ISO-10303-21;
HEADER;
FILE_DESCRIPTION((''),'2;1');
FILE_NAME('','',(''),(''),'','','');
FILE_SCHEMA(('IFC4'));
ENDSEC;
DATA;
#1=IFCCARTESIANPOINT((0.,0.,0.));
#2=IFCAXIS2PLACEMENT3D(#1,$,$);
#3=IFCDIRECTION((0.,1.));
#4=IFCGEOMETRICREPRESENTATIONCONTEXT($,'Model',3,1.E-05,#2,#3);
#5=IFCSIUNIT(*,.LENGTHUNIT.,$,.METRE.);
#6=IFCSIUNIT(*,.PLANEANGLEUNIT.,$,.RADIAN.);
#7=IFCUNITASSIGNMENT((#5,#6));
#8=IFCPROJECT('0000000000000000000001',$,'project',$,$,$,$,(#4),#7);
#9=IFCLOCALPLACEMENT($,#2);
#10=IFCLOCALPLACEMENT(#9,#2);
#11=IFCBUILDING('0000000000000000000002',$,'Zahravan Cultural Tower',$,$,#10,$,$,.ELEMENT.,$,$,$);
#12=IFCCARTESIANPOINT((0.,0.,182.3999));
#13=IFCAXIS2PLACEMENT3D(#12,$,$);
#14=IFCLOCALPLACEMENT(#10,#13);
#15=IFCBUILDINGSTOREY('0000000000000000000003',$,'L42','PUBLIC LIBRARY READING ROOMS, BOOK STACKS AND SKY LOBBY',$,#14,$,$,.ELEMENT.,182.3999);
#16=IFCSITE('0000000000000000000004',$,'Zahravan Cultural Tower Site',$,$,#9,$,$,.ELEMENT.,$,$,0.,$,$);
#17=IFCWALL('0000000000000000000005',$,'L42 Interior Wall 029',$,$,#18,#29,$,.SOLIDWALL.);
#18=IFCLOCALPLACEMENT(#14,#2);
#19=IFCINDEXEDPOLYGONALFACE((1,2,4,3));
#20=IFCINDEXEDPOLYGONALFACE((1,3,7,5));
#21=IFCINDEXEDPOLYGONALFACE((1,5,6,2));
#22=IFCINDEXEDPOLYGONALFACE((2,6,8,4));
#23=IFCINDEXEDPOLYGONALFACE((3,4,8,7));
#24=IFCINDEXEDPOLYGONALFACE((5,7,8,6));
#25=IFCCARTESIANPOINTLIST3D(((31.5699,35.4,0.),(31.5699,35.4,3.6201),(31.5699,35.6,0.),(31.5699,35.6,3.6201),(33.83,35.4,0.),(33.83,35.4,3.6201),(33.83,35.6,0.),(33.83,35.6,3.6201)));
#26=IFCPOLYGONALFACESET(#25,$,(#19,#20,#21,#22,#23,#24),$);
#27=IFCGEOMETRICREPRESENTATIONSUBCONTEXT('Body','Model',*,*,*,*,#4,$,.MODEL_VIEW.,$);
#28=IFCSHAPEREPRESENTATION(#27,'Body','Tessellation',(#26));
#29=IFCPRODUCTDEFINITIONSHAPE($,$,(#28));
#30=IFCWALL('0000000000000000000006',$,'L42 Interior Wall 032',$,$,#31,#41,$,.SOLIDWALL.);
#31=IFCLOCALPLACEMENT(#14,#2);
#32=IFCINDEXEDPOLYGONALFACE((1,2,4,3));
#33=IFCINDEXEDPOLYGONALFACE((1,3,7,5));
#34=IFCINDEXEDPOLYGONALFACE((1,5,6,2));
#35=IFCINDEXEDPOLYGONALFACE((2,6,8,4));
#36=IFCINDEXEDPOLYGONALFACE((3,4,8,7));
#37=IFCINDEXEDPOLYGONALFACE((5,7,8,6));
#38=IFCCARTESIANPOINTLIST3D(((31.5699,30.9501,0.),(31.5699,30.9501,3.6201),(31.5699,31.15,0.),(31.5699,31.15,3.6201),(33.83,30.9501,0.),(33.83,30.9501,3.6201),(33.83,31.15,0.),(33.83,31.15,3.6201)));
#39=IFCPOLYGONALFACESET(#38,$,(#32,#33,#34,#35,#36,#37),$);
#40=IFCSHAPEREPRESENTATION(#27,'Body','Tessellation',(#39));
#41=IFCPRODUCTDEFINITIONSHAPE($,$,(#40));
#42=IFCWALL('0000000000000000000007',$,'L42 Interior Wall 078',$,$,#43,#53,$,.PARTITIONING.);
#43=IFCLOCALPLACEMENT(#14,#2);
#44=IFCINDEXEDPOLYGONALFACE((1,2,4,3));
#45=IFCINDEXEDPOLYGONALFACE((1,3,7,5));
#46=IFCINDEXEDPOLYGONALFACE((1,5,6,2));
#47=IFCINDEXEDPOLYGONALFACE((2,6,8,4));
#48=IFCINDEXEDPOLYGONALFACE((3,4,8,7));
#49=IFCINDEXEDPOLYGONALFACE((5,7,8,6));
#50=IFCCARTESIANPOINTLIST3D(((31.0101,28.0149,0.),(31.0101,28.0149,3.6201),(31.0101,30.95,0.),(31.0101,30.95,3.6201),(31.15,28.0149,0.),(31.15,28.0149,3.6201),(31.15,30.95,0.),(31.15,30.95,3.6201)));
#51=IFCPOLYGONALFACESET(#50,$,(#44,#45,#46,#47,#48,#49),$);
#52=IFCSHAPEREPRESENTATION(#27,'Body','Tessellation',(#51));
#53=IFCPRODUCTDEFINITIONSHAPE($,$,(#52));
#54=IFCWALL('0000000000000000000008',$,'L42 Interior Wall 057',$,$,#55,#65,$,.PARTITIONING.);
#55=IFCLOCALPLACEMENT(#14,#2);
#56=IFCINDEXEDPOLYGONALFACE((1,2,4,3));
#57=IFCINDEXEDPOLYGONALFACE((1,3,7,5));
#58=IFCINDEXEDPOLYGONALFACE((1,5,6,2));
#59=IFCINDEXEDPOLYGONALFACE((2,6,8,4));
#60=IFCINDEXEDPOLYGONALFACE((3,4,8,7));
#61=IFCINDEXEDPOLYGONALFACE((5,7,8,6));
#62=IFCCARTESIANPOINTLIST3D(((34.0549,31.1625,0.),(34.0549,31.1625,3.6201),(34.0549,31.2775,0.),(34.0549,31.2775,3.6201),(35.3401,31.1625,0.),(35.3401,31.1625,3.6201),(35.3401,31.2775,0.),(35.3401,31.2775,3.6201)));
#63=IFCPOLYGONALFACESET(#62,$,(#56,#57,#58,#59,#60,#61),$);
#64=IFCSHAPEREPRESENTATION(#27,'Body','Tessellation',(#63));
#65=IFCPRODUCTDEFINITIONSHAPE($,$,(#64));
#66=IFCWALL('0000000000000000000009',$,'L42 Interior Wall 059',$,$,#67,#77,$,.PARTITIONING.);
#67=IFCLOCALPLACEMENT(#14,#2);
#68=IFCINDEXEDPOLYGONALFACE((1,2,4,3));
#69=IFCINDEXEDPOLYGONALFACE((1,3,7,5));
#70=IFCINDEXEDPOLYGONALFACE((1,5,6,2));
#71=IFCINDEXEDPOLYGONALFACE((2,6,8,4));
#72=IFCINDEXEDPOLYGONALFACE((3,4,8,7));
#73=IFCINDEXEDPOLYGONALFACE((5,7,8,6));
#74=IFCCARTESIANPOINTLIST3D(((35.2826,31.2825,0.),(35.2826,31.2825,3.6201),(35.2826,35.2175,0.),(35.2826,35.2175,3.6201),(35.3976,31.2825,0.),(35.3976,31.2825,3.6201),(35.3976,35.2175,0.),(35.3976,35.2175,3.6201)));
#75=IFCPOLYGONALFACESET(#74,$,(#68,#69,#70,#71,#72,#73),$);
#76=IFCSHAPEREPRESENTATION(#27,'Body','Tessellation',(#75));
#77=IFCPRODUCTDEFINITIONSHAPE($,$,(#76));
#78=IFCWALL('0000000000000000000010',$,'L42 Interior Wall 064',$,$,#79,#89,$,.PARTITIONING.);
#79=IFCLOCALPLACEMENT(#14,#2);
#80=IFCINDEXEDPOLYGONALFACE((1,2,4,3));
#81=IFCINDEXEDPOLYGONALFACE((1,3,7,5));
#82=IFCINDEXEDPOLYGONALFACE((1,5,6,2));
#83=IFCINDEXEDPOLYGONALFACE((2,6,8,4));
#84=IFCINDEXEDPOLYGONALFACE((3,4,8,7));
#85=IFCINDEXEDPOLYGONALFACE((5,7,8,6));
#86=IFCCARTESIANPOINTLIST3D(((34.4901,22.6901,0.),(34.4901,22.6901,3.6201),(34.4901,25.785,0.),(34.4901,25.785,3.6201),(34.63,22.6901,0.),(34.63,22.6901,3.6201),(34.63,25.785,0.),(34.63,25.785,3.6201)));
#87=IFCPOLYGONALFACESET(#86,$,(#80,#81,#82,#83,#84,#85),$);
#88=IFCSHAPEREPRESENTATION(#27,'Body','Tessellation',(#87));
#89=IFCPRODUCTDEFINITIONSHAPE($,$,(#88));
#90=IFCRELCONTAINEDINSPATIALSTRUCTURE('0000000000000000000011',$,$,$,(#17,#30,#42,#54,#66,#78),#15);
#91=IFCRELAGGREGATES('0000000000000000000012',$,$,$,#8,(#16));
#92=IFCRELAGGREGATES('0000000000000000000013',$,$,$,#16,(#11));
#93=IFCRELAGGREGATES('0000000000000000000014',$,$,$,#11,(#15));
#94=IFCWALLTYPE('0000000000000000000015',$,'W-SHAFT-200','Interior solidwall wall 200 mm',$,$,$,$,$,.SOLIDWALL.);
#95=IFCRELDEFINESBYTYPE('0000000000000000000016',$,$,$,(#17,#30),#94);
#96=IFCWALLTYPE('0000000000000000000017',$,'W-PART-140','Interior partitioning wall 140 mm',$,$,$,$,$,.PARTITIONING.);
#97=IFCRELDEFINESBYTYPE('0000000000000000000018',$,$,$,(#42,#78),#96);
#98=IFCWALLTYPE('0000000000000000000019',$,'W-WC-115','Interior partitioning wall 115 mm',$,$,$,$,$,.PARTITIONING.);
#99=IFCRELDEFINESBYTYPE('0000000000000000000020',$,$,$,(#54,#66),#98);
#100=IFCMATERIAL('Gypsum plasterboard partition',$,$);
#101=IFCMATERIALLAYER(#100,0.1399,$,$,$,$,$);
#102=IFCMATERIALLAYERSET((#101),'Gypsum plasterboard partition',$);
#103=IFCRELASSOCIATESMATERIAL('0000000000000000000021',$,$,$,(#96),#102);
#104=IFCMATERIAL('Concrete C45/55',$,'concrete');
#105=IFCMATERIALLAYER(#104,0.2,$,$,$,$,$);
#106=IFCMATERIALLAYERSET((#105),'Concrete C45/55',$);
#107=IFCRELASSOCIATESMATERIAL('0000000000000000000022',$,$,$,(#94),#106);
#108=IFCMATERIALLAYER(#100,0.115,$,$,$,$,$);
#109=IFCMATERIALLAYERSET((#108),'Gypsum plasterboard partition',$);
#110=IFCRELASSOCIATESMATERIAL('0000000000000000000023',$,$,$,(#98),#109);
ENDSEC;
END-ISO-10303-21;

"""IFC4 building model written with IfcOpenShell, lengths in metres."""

from ifc_helpers import new_model, si_unit, direction, frame, frame_2d, origin, place, context, subcontext, project, spatial, rectangle, extrude, source, transform, mapped, material, layer, layer_set, type_object, element, save


model = new_model("IFC4")

# Units and contexts
model_context = context("Model", 3, precision=1e-05, world=origin(), true_north=direction((0.0, 1.0)))
body_context = subcontext(model_context, "Body", "Model", "MODEL_VIEW")
ifc_project = project(units=[si_unit("LENGTHUNIT", "METRE"), si_unit("PLANEANGLEUNIT", "RADIAN")], contexts=[model_context])

# Site, building, storey
site_placement = place(None, origin())
site = spatial("IfcSite", under=ifc_project, at=site_placement, Name="Zahravan Cultural Tower Site", CompositionType="ELEMENT", RefElevation=0.0)
building_placement = place(site_placement, origin())
building = spatial("IfcBuilding", under=site, at=building_placement, Name="Zahravan Cultural Tower", CompositionType="ELEMENT")
storey_placement = place(building_placement, frame((0.0, 0.0, 182.3999)))
storey = spatial("IfcBuildingStorey", under=building, at=storey_placement, Name="L42", Description="PUBLIC LIBRARY READING ROOMS, BOOK STACKS AND SKY LOBBY", CompositionType="ELEMENT", Elevation=182.3999)

# Shared definitions
ifc_material_1 = material(Name="Gypsum plasterboard partition")
ifc_layer_1 = layer(ifc_material_1, 0.1399)
ifc_layer_set_1 = layer_set([ifc_layer_1], Name="Gypsum plasterboard partition")
wall_type_1 = type_object("IfcWallType", Name="W-PART-140", Description="Interior partitioning wall 140 mm", PredefinedType="PARTITIONING", material=ifc_layer_set_1)
ifc_material_2 = material(Name="Concrete C45/55", Category="concrete")
ifc_layer_2 = layer(ifc_material_2, 0.2)
ifc_layer_set_2 = layer_set([ifc_layer_2], Name="Concrete C45/55")
wall_type_2 = type_object("IfcWallType", Name="W-SHAFT-200", Description="Interior solidwall wall 200 mm", PredefinedType="SOLIDWALL", material=ifc_layer_set_2)
ifc_layer_3 = layer(ifc_material_1, 0.115)
ifc_layer_set_3 = layer_set([ifc_layer_3], Name="Gypsum plasterboard partition")
wall_type_3 = type_object("IfcWallType", Name="W-WC-115", Description="Interior partitioning wall 115 mm", PredefinedType="PARTITIONING", material=ifc_layer_set_3)

# Walls
shared_shape_1 = source(origin(), body_context, "Body", "SweptSolid", [
    extrude(rectangle(XDim=2.26, YDim=0.2, at=frame_2d((1.1299, 0.0))), origin(), (0.0, 0.0, 1.0), 3.6201),
])
for number, where, z_axis, x_axis, name in (
    (1, (31.5701, 35.5, 0.0), (0.0, 0.0, 1.0), (1.0, 0.0, 0.0), "L42 Interior Wall 029"),
    (2, (31.5701, 31.05, 0.0), (0.0, 0.0, 1.0), (1.0, 0.0, 0.0), "L42 Interior Wall 032"),
):
    element("IfcWall", number, at=place(storey_placement, frame(where, z_axis=z_axis, x_axis=x_axis)), inside=storey, type_object=wall_type_2, Name=name, PredefinedType="SOLIDWALL", context=body_context, shape_type="MappedRepresentation", body=[
        mapped(shared_shape_1, transform((0.0, 0.0, 0.0), x_axis=(1.0, 0.0, 0.0), y_axis=(0.0, 1.0, 0.0), z_axis=(0.0, 0.0, 1.0), scale=1.0)),
    ])
shared_shape_2 = source(origin(), body_context, "Body", "SweptSolid", [
    extrude(rectangle(XDim=2.9351, YDim=0.1399, at=frame_2d((1.4675, 0.0))), origin(), (0.0, 0.0, 1.0), 3.6201),
])
wall_1_placement = place(storey_placement, frame((31.0801, 28.0149, 0.0), z_axis=(0.0, 0.0, 1.0), x_axis=(0.0, 1.0, 0.0)))
element("IfcWall", 3, at=wall_1_placement, inside=storey, type_object=wall_type_1, Name="L42 Interior Wall 078", PredefinedType="PARTITIONING", context=body_context, shape_type="MappedRepresentation", body=[
    mapped(shared_shape_2, transform((0.0, 0.0, 0.0), x_axis=(1.0, 0.0, 0.0), y_axis=(0.0, 1.0, 0.0), z_axis=(0.0, 0.0, 1.0), scale=1.0)),
])
shared_shape_3 = source(origin(), body_context, "Body", "SweptSolid", [
    extrude(rectangle(XDim=1.2852, YDim=0.115, at=frame_2d((0.6426, 0.0))), origin(), (0.0, 0.0, 1.0), 3.6201),
])
wall_2_placement = place(storey_placement, frame((35.3401, 31.22, 0.0), z_axis=(0.0, 0.0, 1.0), x_axis=(-1.0, 0.0, 0.0)))
element("IfcWall", 4, at=wall_2_placement, inside=storey, type_object=wall_type_3, Name="L42 Interior Wall 057", PredefinedType="PARTITIONING", context=body_context, shape_type="MappedRepresentation", body=[
    mapped(shared_shape_3, transform((0.0, 0.0, 0.0), x_axis=(1.0, 0.0, 0.0), y_axis=(0.0, 1.0, 0.0), z_axis=(0.0, 0.0, 1.0), scale=1.0)),
])
shared_shape_4 = source(origin(), body_context, "Body", "SweptSolid", [
    extrude(rectangle(XDim=3.9351, YDim=0.115, at=frame_2d((1.9675, 0.0))), origin(), (0.0, 0.0, 1.0), 3.6201),
])
wall_3_placement = place(storey_placement, frame((35.3401, 35.2175, 0.0), z_axis=(0.0, 0.0, 1.0), x_axis=(0.0, -1.0, 0.0)))
element("IfcWall", 5, at=wall_3_placement, inside=storey, type_object=wall_type_3, Name="L42 Interior Wall 059", PredefinedType="PARTITIONING", context=body_context, shape_type="MappedRepresentation", body=[
    mapped(shared_shape_4, transform((0.0, 0.0, 0.0), x_axis=(1.0, 0.0, 0.0), y_axis=(0.0, 1.0, 0.0), z_axis=(0.0, 0.0, 1.0), scale=1.0)),
])
shared_shape_5 = source(origin(), body_context, "Body", "SweptSolid", [
    extrude(rectangle(XDim=3.095, YDim=0.1399, at=frame_2d((1.5474, 0.0))), origin(), (0.0, 0.0, 1.0), 3.6201),
])
wall_4_placement = place(storey_placement, frame((34.5601, 25.7849, 0.0), z_axis=(0.0, 0.0, 1.0), x_axis=(0.0, -1.0, 0.0)))
element("IfcWall", 6, at=wall_4_placement, inside=storey, type_object=wall_type_1, Name="L42 Interior Wall 064", PredefinedType="PARTITIONING", context=body_context, shape_type="MappedRepresentation", body=[
    mapped(shared_shape_5, transform((0.0, 0.0, 0.0), x_axis=(1.0, 0.0, 0.0), y_axis=(0.0, 1.0, 0.0), z_axis=(0.0, 0.0, 1.0), scale=1.0)),
])

save(model, "model.ifc")
